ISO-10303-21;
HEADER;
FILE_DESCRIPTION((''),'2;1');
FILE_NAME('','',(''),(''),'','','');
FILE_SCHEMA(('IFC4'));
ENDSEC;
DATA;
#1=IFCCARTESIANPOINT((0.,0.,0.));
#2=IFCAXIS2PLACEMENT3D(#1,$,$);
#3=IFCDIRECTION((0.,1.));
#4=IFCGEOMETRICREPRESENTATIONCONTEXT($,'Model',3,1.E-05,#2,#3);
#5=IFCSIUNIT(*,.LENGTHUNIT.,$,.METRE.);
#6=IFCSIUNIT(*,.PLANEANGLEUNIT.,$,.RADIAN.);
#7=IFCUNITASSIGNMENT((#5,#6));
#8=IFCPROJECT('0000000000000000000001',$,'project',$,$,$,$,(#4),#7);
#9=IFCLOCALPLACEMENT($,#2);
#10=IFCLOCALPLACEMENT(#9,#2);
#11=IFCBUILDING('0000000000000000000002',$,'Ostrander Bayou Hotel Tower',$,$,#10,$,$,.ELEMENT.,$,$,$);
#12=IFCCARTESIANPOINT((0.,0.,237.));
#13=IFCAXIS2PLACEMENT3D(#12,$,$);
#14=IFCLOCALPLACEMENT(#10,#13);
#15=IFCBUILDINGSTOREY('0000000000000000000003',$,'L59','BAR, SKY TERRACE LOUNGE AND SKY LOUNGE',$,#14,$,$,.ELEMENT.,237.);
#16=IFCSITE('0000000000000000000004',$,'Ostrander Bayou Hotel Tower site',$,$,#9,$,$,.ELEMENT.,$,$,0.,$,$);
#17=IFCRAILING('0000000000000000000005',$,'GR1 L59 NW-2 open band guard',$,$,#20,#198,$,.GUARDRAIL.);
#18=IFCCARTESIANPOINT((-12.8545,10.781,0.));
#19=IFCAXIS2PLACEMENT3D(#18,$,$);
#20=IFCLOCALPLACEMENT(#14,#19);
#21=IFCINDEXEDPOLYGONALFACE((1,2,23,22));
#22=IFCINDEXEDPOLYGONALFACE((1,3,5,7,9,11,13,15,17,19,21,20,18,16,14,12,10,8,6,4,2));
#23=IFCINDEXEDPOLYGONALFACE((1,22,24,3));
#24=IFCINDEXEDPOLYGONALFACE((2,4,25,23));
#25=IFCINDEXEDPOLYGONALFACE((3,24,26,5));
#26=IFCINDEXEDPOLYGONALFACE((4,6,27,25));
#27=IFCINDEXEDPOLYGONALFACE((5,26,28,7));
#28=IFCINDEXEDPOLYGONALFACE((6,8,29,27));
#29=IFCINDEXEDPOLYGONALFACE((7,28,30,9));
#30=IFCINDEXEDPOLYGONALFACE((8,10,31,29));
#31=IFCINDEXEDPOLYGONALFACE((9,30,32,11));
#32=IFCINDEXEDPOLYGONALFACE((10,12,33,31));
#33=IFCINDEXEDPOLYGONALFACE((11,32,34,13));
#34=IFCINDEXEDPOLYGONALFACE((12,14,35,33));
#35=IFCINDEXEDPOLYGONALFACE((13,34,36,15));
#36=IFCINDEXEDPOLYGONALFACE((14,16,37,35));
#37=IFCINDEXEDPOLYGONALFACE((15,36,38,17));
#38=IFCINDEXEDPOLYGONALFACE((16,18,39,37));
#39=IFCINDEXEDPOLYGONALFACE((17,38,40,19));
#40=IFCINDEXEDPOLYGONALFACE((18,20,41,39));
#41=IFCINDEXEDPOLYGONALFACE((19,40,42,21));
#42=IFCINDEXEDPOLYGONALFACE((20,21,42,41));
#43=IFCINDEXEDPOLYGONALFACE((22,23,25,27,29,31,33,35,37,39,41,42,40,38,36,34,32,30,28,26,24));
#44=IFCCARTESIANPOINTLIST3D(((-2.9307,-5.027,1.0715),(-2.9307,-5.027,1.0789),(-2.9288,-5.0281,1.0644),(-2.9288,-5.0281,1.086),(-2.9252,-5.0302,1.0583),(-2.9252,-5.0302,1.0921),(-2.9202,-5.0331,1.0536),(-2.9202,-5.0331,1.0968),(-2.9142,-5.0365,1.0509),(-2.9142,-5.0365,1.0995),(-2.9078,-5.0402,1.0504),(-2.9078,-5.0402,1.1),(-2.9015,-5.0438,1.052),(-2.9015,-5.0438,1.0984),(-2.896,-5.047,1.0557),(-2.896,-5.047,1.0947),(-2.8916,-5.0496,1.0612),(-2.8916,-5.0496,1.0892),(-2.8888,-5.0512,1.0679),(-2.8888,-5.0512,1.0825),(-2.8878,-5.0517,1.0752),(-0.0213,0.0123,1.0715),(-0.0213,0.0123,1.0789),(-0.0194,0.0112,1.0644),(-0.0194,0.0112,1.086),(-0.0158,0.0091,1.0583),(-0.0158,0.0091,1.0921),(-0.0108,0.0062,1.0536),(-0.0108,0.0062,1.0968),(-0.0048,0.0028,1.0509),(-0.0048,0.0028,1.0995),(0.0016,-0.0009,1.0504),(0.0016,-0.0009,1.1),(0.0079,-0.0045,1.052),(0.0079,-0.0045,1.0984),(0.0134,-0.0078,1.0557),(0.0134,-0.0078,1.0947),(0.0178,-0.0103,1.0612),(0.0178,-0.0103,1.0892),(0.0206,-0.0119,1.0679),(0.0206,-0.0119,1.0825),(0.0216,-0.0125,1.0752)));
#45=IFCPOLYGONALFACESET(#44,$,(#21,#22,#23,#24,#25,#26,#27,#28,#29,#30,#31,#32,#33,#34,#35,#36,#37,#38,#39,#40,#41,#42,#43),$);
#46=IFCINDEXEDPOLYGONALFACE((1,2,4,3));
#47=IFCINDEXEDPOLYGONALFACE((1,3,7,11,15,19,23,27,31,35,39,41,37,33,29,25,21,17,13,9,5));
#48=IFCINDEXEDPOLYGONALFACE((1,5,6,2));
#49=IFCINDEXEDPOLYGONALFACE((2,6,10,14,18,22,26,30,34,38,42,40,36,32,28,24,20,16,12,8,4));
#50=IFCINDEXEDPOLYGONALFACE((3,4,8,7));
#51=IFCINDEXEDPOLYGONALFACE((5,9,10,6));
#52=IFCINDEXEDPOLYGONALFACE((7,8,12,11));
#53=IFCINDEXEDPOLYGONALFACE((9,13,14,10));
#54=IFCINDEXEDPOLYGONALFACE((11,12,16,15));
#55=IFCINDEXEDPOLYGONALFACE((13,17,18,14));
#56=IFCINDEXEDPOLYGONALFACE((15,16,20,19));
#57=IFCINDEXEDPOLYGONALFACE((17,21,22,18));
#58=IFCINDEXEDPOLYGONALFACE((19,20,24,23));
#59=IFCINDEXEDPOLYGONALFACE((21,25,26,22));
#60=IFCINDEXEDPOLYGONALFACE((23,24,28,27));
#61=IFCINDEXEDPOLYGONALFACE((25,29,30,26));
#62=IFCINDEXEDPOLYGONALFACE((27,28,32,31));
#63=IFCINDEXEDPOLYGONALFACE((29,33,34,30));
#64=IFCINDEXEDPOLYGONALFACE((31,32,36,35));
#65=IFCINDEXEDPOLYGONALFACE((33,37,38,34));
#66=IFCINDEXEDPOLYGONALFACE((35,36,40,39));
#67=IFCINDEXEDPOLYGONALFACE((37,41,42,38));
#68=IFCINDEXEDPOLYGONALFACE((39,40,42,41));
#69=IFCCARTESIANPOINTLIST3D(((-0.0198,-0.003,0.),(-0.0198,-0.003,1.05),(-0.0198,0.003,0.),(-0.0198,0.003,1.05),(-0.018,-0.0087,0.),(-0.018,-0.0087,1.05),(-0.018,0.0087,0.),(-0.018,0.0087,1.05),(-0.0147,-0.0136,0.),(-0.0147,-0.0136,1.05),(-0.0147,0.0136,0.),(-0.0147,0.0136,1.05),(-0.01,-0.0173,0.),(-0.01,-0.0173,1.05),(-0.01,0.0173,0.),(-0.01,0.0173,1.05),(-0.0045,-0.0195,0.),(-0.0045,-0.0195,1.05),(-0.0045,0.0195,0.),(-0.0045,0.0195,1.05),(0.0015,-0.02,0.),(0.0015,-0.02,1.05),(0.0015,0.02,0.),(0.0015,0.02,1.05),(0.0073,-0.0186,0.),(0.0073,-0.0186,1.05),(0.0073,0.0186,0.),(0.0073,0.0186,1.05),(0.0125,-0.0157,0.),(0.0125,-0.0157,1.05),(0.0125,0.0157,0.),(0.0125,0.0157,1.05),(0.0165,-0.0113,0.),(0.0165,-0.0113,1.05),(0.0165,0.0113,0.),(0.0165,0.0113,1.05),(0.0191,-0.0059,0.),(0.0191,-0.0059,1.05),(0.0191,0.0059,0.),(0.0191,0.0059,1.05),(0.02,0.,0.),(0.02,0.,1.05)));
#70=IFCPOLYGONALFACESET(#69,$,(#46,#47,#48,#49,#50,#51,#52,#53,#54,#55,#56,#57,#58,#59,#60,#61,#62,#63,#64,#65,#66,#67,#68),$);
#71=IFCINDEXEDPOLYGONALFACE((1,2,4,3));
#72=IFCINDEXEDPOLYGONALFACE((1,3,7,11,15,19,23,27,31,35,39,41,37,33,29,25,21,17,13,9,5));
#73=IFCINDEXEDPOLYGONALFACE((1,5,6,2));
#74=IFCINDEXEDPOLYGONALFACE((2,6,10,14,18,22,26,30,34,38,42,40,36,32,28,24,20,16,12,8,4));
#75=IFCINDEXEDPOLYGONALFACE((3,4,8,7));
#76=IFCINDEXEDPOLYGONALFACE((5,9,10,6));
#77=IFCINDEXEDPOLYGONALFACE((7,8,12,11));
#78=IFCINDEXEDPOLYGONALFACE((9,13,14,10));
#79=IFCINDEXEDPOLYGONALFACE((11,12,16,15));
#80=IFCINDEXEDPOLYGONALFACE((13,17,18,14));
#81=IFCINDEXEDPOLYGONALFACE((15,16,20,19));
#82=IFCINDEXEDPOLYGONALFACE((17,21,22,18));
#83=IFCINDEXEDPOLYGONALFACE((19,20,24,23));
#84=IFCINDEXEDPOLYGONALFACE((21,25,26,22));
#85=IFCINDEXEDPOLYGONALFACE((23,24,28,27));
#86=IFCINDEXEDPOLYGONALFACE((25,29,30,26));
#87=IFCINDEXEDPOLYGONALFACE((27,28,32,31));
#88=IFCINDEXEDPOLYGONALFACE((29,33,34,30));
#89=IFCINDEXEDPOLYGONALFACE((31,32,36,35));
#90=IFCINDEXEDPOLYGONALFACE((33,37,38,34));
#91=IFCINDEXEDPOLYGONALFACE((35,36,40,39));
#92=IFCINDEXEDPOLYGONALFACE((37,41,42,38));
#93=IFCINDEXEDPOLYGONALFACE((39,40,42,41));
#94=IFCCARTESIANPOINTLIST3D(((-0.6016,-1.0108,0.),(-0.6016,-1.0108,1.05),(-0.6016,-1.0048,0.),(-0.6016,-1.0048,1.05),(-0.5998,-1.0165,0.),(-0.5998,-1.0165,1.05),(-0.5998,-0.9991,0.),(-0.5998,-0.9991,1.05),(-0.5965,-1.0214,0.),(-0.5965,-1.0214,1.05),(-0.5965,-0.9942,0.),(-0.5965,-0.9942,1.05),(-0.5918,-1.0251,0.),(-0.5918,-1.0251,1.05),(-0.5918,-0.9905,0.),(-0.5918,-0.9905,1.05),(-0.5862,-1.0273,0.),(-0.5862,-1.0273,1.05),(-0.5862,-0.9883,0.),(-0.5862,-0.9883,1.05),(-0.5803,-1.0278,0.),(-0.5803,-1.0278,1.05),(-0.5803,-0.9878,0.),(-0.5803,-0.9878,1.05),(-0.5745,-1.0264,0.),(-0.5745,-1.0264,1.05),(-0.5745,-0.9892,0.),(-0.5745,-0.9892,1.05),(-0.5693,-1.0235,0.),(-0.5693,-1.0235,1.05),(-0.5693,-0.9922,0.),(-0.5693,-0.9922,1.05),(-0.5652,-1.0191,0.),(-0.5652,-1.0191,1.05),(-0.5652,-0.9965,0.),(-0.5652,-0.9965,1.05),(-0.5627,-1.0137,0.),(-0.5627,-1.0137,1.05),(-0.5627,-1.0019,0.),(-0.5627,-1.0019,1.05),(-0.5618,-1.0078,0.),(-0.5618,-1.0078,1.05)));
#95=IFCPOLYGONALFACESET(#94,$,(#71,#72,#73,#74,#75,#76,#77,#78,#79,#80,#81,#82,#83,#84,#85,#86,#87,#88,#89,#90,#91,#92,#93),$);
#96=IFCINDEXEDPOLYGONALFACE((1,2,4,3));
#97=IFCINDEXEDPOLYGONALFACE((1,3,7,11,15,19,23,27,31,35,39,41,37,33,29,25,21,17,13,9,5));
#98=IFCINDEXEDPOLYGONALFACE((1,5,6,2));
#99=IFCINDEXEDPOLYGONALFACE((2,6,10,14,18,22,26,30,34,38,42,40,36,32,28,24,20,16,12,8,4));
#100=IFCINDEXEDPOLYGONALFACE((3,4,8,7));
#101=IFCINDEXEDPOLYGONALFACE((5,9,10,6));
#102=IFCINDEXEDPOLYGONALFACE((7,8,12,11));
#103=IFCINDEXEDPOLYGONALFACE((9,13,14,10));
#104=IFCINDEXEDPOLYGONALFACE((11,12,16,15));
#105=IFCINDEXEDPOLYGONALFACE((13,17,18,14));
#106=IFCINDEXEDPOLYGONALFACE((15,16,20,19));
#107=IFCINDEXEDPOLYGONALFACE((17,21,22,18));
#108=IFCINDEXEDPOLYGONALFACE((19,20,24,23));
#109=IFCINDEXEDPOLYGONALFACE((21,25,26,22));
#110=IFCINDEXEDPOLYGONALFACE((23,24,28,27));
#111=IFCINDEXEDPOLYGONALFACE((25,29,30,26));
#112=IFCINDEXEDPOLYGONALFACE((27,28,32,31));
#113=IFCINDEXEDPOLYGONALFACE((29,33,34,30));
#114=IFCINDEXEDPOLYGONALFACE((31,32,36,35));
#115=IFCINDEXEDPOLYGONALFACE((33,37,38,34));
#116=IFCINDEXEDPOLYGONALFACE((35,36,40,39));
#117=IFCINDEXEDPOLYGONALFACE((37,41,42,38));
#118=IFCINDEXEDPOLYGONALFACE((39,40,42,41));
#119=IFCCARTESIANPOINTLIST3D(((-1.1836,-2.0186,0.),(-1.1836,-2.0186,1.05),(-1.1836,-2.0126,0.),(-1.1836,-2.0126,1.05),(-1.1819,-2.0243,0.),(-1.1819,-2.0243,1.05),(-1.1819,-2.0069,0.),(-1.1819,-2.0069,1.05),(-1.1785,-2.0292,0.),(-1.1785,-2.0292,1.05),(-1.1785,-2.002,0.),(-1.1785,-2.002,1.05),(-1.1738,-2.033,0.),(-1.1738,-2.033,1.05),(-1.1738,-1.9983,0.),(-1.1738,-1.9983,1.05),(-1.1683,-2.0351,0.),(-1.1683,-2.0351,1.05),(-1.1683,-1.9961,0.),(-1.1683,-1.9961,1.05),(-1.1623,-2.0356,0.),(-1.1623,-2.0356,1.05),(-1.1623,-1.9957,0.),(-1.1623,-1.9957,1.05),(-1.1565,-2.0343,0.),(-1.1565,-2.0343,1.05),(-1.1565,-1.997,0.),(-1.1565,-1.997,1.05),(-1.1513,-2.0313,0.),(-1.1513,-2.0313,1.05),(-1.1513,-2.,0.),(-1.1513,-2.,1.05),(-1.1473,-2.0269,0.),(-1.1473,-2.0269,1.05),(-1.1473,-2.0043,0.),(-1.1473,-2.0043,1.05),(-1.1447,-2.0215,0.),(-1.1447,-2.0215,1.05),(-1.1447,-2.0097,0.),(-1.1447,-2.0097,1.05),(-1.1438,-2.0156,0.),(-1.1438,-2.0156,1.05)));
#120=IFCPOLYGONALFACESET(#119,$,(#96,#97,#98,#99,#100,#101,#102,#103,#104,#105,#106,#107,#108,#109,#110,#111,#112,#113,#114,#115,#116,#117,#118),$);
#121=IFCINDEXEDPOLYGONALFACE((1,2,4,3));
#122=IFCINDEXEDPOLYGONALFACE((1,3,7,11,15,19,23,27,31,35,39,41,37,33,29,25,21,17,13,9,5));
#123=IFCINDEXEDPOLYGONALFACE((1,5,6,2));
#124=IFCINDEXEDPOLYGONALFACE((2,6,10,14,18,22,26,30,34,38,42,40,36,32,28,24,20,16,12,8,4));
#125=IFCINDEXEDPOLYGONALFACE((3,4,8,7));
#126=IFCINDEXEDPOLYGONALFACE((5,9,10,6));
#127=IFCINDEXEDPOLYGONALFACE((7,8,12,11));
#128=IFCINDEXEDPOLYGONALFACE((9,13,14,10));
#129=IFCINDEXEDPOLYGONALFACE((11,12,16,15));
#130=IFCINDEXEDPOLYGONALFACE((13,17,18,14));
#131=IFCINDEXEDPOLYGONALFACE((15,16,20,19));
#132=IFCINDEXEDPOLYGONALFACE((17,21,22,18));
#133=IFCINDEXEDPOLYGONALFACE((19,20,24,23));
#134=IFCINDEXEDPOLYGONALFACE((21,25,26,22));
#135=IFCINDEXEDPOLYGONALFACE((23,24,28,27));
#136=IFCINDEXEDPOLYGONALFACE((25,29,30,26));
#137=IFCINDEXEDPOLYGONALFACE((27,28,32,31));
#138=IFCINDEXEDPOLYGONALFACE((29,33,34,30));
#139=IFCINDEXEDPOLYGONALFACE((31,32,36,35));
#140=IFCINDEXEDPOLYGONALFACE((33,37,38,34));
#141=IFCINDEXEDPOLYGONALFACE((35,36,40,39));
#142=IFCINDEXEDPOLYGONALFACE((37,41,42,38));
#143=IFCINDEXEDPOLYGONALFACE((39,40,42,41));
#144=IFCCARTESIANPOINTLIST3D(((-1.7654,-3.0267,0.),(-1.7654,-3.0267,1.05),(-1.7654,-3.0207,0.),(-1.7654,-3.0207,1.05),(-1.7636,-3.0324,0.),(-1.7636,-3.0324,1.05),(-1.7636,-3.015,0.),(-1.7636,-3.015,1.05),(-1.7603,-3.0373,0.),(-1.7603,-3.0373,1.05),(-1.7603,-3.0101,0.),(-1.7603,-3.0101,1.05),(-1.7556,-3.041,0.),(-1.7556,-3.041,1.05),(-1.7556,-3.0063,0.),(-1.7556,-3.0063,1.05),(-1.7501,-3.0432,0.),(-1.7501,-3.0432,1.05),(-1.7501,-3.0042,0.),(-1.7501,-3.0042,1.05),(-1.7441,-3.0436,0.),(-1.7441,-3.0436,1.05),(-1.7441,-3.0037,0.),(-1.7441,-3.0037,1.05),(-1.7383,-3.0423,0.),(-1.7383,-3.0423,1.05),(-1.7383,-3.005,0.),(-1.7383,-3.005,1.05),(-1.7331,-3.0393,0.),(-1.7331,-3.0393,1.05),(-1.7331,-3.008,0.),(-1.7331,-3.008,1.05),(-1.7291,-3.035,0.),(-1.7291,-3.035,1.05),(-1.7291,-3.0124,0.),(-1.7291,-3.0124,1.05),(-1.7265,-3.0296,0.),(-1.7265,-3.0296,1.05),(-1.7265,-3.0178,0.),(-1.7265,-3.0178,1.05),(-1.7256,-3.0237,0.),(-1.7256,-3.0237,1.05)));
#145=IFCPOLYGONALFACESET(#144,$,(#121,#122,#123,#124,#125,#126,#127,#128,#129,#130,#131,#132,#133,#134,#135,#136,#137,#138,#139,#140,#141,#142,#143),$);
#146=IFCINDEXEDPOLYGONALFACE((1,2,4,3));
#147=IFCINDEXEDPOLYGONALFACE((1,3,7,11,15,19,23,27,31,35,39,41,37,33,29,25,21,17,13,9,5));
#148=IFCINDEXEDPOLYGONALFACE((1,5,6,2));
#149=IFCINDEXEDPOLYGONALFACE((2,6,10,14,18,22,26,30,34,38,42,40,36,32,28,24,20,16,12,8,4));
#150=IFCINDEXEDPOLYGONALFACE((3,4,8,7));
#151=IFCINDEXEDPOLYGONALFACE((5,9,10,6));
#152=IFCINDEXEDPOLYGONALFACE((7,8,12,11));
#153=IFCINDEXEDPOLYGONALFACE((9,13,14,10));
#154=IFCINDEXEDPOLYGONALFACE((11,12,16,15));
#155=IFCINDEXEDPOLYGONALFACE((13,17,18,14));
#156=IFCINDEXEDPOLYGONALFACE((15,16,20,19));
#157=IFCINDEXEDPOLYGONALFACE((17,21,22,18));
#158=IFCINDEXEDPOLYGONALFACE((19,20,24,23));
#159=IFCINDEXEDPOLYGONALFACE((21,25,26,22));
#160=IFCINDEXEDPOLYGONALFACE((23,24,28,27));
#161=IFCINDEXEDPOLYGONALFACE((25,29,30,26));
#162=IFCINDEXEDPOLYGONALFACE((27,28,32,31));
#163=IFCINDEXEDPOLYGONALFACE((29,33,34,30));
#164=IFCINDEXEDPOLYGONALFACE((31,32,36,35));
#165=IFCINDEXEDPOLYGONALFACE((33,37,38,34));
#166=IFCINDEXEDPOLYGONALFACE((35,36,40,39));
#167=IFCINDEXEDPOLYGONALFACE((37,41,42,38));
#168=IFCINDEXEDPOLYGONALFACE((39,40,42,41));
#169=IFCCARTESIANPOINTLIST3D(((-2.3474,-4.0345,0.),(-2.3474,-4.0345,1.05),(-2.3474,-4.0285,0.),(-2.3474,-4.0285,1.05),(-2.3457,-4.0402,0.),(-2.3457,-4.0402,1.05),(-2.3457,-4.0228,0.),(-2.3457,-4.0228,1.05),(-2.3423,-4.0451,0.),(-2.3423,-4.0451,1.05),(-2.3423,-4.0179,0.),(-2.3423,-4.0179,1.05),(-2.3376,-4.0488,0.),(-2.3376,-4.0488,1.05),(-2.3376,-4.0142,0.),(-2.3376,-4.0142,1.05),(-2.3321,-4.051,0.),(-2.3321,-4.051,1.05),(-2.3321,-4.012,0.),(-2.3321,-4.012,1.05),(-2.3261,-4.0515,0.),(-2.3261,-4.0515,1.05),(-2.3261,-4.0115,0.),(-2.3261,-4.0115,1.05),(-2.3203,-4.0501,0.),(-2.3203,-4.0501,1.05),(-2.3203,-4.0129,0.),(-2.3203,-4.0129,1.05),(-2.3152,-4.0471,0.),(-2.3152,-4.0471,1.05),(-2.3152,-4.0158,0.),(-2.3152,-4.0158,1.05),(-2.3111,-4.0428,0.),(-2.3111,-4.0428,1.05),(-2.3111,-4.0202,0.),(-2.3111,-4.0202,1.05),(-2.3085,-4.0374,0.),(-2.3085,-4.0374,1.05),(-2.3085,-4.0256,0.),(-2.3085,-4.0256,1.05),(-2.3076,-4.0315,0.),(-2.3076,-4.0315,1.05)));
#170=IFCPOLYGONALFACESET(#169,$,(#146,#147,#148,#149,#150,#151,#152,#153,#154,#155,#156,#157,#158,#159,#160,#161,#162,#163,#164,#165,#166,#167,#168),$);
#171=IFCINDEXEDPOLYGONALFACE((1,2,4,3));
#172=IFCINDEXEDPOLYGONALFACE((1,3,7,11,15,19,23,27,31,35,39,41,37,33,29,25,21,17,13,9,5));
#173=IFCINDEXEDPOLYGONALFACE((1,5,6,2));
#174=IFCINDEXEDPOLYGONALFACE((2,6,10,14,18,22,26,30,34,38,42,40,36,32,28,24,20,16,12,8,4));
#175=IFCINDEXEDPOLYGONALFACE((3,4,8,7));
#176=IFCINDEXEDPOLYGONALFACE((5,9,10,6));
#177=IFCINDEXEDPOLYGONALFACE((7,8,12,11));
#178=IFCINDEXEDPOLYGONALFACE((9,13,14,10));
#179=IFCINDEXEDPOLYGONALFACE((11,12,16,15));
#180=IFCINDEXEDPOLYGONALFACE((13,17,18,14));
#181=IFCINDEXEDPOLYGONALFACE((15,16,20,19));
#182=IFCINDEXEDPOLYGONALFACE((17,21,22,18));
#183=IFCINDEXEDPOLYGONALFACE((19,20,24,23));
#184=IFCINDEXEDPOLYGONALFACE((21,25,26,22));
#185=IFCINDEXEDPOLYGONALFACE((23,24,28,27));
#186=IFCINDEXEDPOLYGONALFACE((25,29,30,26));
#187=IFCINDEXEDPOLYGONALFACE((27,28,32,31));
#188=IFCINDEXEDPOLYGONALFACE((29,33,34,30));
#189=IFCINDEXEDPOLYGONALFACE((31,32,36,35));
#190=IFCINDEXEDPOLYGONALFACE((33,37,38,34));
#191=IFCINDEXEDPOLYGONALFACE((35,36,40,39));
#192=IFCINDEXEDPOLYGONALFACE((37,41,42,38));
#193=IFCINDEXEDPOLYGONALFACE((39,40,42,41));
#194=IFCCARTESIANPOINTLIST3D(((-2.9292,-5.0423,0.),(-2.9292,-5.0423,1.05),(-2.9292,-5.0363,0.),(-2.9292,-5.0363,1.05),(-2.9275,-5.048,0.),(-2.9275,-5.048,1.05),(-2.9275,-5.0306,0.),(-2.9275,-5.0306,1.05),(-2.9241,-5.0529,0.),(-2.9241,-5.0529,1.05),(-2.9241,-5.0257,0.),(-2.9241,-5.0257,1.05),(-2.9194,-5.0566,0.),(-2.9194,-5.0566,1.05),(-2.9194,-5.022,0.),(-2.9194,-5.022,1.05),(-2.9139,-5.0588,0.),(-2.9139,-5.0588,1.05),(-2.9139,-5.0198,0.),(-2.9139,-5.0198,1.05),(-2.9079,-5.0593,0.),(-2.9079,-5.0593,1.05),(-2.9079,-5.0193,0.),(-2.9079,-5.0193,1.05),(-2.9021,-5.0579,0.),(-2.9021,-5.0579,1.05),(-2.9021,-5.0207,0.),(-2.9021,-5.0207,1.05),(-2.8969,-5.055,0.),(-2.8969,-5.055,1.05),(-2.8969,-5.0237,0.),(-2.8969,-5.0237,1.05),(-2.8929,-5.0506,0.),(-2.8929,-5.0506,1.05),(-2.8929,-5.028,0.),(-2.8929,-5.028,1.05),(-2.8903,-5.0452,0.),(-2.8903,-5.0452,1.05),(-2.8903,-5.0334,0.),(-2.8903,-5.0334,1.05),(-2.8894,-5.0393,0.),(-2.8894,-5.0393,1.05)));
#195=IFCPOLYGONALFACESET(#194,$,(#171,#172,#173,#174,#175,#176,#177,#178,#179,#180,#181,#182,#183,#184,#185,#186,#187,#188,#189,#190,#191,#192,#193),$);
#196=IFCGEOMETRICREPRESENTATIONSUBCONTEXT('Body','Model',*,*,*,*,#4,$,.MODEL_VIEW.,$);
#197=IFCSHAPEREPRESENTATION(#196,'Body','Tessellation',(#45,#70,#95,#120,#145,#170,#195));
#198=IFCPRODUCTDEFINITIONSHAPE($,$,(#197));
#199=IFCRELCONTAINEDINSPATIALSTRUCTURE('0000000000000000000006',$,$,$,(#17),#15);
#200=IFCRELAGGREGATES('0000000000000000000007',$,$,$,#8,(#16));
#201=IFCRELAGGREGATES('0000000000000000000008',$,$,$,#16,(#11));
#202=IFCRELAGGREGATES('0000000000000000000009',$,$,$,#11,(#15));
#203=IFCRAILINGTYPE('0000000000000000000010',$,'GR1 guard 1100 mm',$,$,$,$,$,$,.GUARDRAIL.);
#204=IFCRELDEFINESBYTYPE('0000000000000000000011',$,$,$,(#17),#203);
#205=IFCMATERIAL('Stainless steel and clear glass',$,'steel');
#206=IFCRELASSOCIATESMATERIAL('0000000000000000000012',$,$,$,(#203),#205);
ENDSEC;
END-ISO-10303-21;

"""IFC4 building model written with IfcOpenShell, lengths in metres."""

from ifc_helpers import new_model, si_unit, direction, frame, origin, origin_2d, place, context, subcontext, project, spatial, circle, extrude, material, type_object, element, save


model = new_model("IFC4")

# Units and contexts
model_context = context("Model", 3, precision=1e-05, world=origin(), true_north=direction((0.0, 1.0)))
body_context = subcontext(model_context, "Body", "Model", "MODEL_VIEW")
ifc_project = project(units=[si_unit("LENGTHUNIT", "METRE"), si_unit("PLANEANGLEUNIT", "RADIAN")], contexts=[model_context])

# Site, building, storey
site_placement = place(None, origin())
site = spatial("IfcSite", under=ifc_project, at=site_placement, Name="Ostrander Bayou Hotel Tower site", CompositionType="ELEMENT", RefElevation=0.0)
building_placement = place(site_placement, origin())
building = spatial("IfcBuilding", under=site, at=building_placement, Name="Ostrander Bayou Hotel Tower", CompositionType="ELEMENT")
storey_placement = place(building_placement, frame((0.0, 0.0, 237.0)))
storey = spatial("IfcBuildingStorey", under=building, at=storey_placement, Name="L59", Description="BAR, SKY TERRACE LOUNGE AND SKY LOUNGE", CompositionType="ELEMENT", Elevation=237.0)

# Railing
ifc_material_1 = material(Name="Stainless steel and clear glass", Category="steel")
railing_type = type_object("IfcRailingType", Name="GR1 guard 1100 mm", PredefinedType="GUARDRAIL", material=ifc_material_1)
railing_1_placement = place(storey_placement, frame((-12.8545, 10.781, 0.0)))
element("IfcRailing", 1, at=railing_1_placement, inside=storey, type_object=railing_type, Name="GR1 L59 NW-2 open band guard", PredefinedType="GUARDRAIL", context=body_context, shape_type="SweptSolid", body=[
    extrude(circle(Radius=0.0249, at=origin_2d()), frame((0.0, 0.0, 1.0752), z_axis=(-0.499997, -0.866027, 0.0), x_axis=(0.866027, -0.499997, 0.0)), (0.0, 0.0, 1.0), 5.8188),
    extrude(circle(Radius=0.02, at=origin_2d()), origin(), (0.0, 0.0, 1.0), 1.05),
    extrude(circle(Radius=0.02, at=origin_2d()), frame((-0.5818, -1.0078, 0.0)), (0.0, 0.0, 1.0), 1.05),
    extrude(circle(Radius=0.02, at=origin_2d()), frame((-1.1638, -2.0156, 0.0)), (0.0, 0.0, 1.0), 1.05),
    extrude(circle(Radius=0.02, at=origin_2d()), frame((-1.7456, -3.0237, 0.0)), (0.0, 0.0, 1.0), 1.05),
    extrude(circle(Radius=0.02, at=origin_2d()), frame((-2.3276, -4.0315, 0.0)), (0.0, 0.0, 1.0), 1.05),
    extrude(circle(Radius=0.02, at=origin_2d()), frame((-2.9094, -5.0393, 0.0)), (0.0, 0.0, 1.0), 1.05),
])

save(model, "model.ifc")
